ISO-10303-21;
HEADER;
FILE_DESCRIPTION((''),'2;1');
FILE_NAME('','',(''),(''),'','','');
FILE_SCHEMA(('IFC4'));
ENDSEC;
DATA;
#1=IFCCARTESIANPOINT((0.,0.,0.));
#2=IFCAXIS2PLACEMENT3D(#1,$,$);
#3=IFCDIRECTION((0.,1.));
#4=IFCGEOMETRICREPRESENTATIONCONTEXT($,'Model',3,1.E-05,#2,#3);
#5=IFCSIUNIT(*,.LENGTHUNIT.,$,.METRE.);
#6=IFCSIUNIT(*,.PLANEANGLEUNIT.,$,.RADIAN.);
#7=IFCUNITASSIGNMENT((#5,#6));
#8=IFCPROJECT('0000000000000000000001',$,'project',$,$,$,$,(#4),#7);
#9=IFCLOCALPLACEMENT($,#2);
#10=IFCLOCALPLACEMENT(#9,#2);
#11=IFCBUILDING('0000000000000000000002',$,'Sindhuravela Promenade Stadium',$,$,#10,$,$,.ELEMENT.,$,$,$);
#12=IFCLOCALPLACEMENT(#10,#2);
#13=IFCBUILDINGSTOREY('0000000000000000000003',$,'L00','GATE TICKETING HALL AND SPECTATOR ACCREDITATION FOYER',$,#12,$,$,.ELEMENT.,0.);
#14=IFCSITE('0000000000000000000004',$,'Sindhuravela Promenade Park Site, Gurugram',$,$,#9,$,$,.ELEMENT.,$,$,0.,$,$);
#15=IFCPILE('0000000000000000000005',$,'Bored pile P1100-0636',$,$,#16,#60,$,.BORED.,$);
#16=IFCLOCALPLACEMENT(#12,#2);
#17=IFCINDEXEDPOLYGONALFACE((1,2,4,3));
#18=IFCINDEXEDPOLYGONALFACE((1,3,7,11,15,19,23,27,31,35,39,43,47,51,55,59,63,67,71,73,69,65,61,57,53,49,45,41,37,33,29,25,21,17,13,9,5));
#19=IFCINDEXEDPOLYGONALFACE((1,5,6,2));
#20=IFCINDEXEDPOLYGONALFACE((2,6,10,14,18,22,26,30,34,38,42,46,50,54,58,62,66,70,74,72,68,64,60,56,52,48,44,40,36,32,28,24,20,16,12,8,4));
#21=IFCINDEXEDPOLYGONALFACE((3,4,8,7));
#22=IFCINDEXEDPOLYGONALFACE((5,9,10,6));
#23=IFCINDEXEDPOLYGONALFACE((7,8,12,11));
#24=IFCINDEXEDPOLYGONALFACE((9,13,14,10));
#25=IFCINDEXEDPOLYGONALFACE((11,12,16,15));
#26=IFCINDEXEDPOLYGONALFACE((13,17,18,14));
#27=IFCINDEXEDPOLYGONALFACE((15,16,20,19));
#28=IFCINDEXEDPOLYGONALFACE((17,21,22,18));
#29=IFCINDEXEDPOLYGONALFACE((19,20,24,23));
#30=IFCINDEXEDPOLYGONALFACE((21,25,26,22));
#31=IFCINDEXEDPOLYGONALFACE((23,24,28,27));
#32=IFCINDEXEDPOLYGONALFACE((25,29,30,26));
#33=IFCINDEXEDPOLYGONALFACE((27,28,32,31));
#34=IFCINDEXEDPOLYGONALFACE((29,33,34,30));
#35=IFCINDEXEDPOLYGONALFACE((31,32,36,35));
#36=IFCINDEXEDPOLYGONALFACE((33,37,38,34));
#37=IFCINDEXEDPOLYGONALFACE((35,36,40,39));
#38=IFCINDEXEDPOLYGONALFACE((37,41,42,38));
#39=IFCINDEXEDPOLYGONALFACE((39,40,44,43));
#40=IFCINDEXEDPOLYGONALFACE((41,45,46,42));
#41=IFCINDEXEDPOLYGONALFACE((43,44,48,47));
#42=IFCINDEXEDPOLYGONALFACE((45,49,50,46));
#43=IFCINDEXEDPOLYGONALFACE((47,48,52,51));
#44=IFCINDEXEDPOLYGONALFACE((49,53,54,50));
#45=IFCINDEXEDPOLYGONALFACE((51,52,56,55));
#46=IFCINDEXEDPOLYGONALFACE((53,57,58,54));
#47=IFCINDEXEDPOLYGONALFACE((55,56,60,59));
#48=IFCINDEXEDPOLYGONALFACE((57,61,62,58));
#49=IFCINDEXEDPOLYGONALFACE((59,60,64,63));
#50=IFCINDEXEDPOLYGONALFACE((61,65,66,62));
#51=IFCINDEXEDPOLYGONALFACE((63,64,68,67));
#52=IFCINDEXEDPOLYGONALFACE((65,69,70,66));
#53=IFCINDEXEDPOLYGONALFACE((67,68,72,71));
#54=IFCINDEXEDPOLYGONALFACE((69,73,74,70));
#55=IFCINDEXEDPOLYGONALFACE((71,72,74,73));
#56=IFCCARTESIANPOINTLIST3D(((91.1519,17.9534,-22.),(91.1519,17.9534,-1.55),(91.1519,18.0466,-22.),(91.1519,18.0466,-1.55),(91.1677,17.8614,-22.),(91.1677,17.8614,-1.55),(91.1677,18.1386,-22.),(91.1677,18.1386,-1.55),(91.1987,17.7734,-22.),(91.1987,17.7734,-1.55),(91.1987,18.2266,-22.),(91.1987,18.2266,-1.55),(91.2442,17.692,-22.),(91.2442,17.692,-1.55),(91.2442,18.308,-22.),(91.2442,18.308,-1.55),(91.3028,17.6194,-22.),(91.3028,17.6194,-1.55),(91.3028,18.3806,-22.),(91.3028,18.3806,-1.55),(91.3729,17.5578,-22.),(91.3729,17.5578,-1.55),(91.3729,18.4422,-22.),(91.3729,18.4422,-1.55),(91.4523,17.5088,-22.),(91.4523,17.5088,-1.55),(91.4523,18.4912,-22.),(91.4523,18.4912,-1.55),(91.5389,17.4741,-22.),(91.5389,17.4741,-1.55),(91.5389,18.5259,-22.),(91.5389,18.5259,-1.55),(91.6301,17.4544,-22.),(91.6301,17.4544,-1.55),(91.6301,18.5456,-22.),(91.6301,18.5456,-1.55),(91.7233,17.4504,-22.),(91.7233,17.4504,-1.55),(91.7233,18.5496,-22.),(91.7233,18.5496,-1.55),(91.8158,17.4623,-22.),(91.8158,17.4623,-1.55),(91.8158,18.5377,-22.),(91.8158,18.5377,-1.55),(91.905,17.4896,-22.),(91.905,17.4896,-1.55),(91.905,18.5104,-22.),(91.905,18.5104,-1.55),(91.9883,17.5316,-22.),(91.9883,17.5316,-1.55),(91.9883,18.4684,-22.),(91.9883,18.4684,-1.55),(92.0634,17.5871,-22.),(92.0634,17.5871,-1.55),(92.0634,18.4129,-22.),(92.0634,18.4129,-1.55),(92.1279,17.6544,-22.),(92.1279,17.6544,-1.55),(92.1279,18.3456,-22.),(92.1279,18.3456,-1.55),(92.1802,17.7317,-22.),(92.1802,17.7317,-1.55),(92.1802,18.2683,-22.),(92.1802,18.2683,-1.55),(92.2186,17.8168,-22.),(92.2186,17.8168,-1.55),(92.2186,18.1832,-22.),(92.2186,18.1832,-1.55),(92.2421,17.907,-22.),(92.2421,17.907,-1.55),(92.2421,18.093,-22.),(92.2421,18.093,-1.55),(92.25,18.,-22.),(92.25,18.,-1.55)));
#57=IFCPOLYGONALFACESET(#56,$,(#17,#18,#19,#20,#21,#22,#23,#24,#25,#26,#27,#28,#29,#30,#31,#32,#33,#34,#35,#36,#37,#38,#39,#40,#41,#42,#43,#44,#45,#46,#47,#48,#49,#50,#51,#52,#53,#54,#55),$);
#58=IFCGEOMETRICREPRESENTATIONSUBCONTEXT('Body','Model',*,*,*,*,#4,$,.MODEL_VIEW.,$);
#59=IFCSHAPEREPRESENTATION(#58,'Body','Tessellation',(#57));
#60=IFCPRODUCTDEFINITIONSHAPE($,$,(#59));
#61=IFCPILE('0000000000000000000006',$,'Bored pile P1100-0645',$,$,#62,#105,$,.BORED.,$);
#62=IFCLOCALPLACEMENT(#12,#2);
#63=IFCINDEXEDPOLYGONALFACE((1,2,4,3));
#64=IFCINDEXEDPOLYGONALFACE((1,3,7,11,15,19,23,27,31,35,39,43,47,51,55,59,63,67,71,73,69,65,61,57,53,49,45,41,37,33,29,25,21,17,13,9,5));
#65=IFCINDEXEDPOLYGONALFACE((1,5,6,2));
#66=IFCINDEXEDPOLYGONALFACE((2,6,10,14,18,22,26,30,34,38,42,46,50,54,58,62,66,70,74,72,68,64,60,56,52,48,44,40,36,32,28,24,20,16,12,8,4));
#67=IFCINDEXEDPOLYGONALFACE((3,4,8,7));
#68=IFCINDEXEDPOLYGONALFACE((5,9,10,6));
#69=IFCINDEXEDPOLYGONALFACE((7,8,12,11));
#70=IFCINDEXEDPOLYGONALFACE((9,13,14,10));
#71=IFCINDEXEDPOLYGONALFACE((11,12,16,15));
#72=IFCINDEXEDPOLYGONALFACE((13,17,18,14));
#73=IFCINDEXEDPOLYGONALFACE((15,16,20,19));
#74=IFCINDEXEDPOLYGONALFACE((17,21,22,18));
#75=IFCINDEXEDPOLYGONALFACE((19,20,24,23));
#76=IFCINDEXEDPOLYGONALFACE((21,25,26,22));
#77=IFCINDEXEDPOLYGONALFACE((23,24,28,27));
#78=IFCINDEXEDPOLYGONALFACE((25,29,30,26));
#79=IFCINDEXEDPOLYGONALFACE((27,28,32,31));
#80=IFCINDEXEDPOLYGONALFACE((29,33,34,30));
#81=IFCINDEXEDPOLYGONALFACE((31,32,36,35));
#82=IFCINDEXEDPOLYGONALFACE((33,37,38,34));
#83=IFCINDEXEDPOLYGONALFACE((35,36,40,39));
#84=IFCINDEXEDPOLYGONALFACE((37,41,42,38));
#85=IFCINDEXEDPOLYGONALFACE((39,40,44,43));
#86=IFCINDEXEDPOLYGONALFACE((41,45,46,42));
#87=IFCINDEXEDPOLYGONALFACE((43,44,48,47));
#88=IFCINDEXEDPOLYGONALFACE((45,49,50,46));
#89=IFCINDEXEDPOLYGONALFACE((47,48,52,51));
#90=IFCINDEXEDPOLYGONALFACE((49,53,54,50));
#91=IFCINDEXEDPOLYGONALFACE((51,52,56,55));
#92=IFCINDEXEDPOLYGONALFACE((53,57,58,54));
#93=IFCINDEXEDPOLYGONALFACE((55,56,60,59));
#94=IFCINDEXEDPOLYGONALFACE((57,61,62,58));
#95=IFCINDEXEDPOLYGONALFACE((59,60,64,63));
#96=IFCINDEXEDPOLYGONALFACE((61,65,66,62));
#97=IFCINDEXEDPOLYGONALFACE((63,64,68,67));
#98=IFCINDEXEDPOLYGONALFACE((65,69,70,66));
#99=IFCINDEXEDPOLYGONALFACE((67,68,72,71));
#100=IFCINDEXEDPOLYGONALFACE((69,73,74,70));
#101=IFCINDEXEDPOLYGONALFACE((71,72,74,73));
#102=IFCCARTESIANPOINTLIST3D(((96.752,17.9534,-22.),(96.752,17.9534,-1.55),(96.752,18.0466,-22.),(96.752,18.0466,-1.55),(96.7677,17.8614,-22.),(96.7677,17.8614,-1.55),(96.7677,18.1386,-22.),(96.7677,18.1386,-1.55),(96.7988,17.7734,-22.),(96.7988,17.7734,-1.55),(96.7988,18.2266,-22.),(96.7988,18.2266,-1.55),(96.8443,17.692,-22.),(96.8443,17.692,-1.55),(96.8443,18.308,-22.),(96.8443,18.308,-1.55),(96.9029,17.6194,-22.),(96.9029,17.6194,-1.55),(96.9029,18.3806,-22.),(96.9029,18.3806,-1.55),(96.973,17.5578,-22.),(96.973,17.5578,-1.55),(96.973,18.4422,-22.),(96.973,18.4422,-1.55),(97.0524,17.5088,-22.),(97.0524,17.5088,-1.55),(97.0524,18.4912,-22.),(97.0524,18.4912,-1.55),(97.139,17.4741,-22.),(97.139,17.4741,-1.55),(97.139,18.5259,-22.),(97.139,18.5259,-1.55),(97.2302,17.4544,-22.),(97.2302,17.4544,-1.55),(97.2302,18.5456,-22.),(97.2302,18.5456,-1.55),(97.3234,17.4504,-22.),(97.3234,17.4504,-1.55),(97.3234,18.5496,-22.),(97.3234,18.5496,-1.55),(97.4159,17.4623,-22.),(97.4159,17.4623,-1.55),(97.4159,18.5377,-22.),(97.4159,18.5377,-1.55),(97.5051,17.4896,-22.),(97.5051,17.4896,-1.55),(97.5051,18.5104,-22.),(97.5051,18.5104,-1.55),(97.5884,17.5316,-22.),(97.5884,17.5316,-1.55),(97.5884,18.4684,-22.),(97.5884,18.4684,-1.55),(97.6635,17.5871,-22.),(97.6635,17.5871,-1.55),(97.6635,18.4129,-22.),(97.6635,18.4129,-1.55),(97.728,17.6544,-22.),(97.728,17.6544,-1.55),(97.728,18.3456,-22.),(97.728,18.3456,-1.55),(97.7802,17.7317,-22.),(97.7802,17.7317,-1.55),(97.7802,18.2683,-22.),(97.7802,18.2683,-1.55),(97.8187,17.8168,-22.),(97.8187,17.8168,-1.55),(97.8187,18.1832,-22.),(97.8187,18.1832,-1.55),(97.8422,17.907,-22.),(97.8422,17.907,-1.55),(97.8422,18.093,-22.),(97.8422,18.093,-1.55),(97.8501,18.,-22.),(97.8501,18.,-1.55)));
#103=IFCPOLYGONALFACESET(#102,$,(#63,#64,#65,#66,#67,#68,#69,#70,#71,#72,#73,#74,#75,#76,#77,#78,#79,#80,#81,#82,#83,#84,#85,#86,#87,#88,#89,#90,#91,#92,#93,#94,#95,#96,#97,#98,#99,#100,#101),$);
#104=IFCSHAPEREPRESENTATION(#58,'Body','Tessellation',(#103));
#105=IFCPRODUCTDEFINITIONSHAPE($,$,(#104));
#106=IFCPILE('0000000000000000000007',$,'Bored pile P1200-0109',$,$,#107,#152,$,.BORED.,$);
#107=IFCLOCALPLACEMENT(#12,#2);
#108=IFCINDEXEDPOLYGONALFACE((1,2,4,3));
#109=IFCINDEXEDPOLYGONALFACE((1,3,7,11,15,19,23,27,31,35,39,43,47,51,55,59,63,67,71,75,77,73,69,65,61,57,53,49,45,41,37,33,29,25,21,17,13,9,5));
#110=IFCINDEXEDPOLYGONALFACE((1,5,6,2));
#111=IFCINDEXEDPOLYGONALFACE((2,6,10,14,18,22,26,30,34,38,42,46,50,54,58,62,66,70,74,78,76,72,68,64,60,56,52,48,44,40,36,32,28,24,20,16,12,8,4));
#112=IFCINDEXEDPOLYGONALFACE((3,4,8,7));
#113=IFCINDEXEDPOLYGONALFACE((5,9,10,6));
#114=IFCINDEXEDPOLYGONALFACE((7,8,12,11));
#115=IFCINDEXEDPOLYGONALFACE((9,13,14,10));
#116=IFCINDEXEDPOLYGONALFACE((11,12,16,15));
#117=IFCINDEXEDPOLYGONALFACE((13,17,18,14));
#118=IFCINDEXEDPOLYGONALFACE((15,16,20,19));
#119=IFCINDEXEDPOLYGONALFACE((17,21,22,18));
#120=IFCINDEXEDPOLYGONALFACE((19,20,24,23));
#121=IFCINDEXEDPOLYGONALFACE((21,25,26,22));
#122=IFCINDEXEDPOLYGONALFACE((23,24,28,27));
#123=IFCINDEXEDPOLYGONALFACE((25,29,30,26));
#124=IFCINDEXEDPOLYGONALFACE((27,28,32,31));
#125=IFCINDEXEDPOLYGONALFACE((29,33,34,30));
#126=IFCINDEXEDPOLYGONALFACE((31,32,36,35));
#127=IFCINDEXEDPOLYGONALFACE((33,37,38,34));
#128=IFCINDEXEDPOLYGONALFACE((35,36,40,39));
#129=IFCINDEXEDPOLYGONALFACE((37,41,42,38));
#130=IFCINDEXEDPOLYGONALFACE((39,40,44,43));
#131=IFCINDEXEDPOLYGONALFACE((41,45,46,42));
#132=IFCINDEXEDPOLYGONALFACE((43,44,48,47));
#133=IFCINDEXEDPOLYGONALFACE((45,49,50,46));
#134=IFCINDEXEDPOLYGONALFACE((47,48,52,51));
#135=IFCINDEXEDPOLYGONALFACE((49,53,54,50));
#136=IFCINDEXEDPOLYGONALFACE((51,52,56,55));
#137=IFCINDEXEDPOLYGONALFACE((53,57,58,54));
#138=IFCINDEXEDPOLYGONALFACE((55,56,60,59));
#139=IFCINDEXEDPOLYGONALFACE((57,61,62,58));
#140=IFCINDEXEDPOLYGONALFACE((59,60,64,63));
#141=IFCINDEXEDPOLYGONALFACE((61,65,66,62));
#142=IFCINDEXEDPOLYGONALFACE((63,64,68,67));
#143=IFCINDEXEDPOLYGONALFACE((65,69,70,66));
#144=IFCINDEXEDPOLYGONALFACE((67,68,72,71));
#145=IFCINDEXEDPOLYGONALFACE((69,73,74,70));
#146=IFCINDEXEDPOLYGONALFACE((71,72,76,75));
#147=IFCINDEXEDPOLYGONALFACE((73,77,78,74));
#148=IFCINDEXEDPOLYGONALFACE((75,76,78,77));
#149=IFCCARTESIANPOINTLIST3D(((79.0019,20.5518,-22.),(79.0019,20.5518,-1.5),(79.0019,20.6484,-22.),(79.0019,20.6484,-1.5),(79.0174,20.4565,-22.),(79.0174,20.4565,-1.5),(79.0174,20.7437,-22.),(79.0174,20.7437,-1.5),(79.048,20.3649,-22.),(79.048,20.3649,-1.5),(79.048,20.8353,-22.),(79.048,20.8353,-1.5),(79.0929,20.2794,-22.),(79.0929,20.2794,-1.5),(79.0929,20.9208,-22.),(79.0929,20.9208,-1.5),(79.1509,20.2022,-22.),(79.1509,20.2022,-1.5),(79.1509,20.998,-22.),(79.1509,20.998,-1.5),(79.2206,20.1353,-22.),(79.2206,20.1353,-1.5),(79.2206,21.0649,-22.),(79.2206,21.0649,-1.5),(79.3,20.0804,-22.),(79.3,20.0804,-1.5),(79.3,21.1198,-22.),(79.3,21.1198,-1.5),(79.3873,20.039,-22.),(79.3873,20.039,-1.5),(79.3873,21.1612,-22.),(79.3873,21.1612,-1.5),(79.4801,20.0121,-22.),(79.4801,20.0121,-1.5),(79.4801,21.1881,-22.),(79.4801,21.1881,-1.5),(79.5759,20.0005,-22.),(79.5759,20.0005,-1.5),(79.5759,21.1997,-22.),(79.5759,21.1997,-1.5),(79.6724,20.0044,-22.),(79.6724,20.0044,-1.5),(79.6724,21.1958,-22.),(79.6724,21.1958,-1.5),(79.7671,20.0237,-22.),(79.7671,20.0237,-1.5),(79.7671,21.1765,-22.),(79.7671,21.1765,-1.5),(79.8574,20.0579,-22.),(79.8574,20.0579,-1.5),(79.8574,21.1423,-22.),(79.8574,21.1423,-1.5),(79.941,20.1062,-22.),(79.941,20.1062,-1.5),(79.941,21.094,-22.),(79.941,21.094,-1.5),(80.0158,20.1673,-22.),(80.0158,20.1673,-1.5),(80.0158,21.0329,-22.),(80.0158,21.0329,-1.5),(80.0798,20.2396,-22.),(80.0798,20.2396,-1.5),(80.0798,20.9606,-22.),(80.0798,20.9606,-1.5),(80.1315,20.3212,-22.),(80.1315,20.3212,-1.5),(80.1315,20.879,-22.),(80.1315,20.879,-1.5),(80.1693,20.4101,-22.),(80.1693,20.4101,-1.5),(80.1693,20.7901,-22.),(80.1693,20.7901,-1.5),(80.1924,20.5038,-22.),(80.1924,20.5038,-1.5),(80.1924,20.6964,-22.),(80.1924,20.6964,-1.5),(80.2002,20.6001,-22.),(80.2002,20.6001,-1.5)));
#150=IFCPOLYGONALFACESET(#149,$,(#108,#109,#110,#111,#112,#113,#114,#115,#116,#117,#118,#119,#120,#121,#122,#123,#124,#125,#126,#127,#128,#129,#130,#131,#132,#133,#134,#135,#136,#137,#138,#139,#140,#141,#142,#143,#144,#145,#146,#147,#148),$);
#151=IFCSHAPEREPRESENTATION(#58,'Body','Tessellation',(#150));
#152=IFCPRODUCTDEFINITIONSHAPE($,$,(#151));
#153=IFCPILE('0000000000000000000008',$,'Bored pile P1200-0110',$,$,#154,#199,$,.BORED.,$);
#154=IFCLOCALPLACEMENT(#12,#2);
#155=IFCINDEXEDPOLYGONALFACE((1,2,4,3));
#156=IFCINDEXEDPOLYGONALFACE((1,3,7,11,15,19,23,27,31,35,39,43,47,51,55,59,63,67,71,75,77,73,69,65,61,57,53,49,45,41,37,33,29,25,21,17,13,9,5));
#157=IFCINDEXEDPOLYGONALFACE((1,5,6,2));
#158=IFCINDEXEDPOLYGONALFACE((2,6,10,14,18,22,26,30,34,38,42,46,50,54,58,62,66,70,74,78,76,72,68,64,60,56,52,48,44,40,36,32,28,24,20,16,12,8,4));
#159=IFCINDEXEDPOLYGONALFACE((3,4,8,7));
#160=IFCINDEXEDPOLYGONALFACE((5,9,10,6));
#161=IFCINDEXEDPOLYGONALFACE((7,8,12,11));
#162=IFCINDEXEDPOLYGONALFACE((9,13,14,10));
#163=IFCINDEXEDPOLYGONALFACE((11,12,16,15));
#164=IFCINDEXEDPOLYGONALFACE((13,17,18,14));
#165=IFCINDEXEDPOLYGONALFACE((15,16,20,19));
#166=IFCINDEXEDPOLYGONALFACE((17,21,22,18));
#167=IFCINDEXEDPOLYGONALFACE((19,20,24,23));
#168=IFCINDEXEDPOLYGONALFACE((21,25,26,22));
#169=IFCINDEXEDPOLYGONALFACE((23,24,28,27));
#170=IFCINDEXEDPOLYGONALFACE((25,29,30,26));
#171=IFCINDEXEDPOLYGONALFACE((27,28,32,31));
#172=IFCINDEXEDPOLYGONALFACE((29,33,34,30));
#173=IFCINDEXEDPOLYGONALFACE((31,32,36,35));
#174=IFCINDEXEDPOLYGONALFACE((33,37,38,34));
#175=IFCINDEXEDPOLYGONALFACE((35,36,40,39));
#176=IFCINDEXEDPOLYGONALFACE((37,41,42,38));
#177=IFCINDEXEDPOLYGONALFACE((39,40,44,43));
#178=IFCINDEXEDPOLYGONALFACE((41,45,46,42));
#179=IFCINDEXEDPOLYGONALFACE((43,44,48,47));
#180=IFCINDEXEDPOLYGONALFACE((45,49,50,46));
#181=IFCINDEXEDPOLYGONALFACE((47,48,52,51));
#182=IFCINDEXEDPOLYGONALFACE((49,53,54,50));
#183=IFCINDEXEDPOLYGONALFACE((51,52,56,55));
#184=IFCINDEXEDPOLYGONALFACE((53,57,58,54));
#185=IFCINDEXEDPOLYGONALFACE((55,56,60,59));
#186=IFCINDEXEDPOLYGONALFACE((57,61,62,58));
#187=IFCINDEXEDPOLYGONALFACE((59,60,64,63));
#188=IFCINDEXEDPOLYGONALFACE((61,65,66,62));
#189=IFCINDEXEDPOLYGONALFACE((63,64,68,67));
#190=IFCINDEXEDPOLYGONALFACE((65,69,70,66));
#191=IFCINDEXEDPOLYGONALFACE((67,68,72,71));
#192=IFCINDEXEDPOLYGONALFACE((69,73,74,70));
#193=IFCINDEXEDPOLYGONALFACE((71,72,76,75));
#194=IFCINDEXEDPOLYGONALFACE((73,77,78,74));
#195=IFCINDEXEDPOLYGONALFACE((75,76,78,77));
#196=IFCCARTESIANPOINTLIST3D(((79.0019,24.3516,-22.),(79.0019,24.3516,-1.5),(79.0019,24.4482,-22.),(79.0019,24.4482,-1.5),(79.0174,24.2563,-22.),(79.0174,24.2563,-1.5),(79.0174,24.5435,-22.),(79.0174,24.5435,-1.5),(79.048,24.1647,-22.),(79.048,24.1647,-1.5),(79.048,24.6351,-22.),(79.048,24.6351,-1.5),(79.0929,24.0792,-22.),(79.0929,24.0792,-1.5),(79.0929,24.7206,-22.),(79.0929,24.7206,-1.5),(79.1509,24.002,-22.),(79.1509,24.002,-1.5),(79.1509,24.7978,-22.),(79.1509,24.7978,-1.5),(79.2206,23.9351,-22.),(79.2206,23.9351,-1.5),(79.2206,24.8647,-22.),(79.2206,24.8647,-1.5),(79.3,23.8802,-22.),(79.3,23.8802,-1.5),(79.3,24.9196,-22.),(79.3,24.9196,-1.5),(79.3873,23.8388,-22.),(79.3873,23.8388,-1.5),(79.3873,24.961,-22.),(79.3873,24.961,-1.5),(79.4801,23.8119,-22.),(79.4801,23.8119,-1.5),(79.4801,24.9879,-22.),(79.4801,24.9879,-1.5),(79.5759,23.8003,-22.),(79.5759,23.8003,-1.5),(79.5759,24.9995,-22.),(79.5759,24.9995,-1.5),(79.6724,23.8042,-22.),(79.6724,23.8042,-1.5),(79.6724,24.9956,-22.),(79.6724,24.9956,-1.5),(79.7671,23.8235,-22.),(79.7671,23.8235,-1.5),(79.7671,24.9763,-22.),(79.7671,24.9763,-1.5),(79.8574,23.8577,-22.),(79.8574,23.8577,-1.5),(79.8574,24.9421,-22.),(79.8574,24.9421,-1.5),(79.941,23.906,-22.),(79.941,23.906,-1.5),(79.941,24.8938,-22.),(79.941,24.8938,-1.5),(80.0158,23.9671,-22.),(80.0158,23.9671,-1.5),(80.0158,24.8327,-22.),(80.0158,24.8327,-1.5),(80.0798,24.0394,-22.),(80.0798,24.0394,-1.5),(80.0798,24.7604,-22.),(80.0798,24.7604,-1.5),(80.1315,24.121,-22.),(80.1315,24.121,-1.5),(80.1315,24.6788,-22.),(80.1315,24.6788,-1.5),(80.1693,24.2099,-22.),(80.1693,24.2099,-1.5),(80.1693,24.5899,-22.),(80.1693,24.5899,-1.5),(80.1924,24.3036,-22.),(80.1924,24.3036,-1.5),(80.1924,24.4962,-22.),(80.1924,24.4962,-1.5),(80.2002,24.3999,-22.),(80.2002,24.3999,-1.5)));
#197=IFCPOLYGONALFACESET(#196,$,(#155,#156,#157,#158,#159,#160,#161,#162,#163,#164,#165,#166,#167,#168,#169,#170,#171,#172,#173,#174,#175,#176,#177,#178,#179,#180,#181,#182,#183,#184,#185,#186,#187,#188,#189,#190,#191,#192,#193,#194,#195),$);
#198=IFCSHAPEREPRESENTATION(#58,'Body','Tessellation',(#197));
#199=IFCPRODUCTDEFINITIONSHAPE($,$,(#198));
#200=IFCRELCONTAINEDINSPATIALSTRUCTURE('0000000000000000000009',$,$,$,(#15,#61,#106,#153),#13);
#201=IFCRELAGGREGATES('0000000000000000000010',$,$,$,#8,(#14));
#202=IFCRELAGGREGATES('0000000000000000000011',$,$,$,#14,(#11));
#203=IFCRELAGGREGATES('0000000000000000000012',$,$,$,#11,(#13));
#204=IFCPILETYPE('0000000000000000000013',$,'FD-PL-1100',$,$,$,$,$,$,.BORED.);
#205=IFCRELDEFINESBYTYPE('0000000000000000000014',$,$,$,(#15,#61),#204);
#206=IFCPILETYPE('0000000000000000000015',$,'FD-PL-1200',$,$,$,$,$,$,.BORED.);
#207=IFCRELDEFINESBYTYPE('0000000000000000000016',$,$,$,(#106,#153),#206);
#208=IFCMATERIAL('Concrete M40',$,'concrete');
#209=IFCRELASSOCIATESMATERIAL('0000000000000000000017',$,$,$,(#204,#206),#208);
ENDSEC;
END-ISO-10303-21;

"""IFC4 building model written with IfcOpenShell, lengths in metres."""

from ifc_helpers import new_model, si_unit, direction, frame, origin, origin_2d, place, context, subcontext, project, spatial, circle, extrude, material, material_profile, profile_set, type_object, element, save


model = new_model("IFC4")

# Units and contexts
model_context = context("Model", 3, precision=1e-05, world=origin(), true_north=direction((0.0, 1.0)))
body_context = subcontext(model_context, "Body", "Model", "MODEL_VIEW")
ifc_project = project(units=[si_unit("LENGTHUNIT", "METRE"), si_unit("PLANEANGLEUNIT", "RADIAN")], contexts=[model_context])

# Site, building, storey
site_placement = place(None, origin())
site = spatial("IfcSite", under=ifc_project, at=site_placement, Name="Sindhuravela Promenade Park Site, Gurugram", CompositionType="ELEMENT", RefElevation=0.0)
building_placement = place(site_placement, origin())
building = spatial("IfcBuilding", under=site, at=building_placement, Name="Sindhuravela Promenade Stadium", CompositionType="ELEMENT")
storey_placement = place(building_placement, origin())
storey = spatial("IfcBuildingStorey", under=building, at=storey_placement, Name="L00", Description="GATE TICKETING HALL AND SPECTATOR ACCREDITATION FOYER", CompositionType="ELEMENT", Elevation=0.0)

# Piles
ifc_material_1 = material(Name="Concrete M40", Category="concrete")
ifc_material_profile_1 = material_profile(ifc_material_1, circle(Radius=0.55, at=origin_2d()), Name="BORED PILE D1100")
ifc_profile_set_1 = profile_set([ifc_material_profile_1], Name="Concrete M40")
pile_type_1 = type_object("IfcPileType", Name="FD-PL-1100", PredefinedType="BORED", material=ifc_profile_set_1)
for number, where, z_axis, x_axis, name in (
    (1, (91.7, 18.0, -1.55), (0.0, 0.0, -1.0), (1.0, 0.0, 0.0), "Bored pile P1100-0636"),
    (2, (97.3, 18.0, -1.55), (0.0, 0.0, -1.0), (1.0, 0.0, 0.0), "Bored pile P1100-0645"),
):
    element("IfcPile", number, at=place(storey_placement, frame(where, z_axis=z_axis, x_axis=x_axis)), inside=storey, type_object=pile_type_1, Name=name, PredefinedType="BORED", context=body_context, shape_type="SweptSolid", body=[
        extrude(circle(Radius=0.55, at=origin_2d()), origin(), (0.0, 0.0, 1.0), 20.45),
    ])
ifc_material_profile_2 = material_profile(ifc_material_1, circle(Radius=0.6001, at=origin_2d()), Name="BORED PILE D1200")
ifc_profile_set_2 = profile_set([ifc_material_profile_2], Name="Concrete M40")
pile_type_2 = type_object("IfcPileType", Name="FD-PL-1200", PredefinedType="BORED", material=ifc_profile_set_2)
for number, where, z_axis, x_axis, name in (
    (3, (79.6001, 20.6001, -1.5), (0.0, 0.0, -1.0), (1.0, 0.0, 0.0), "Bored pile P1200-0109"),
    (4, (79.6001, 24.3999, -1.5), (0.0, 0.0, -1.0), (1.0, 0.0, 0.0), "Bored pile P1200-0110"),
):
    element("IfcPile", number, at=place(storey_placement, frame(where, z_axis=z_axis, x_axis=x_axis)), inside=storey, type_object=pile_type_2, Name=name, PredefinedType="BORED", context=body_context, shape_type="SweptSolid", body=[
        extrude(circle(Radius=0.6001, at=origin_2d()), origin(), (0.0, 0.0, 1.0), 20.5),
    ])

save(model, "model.ifc")
